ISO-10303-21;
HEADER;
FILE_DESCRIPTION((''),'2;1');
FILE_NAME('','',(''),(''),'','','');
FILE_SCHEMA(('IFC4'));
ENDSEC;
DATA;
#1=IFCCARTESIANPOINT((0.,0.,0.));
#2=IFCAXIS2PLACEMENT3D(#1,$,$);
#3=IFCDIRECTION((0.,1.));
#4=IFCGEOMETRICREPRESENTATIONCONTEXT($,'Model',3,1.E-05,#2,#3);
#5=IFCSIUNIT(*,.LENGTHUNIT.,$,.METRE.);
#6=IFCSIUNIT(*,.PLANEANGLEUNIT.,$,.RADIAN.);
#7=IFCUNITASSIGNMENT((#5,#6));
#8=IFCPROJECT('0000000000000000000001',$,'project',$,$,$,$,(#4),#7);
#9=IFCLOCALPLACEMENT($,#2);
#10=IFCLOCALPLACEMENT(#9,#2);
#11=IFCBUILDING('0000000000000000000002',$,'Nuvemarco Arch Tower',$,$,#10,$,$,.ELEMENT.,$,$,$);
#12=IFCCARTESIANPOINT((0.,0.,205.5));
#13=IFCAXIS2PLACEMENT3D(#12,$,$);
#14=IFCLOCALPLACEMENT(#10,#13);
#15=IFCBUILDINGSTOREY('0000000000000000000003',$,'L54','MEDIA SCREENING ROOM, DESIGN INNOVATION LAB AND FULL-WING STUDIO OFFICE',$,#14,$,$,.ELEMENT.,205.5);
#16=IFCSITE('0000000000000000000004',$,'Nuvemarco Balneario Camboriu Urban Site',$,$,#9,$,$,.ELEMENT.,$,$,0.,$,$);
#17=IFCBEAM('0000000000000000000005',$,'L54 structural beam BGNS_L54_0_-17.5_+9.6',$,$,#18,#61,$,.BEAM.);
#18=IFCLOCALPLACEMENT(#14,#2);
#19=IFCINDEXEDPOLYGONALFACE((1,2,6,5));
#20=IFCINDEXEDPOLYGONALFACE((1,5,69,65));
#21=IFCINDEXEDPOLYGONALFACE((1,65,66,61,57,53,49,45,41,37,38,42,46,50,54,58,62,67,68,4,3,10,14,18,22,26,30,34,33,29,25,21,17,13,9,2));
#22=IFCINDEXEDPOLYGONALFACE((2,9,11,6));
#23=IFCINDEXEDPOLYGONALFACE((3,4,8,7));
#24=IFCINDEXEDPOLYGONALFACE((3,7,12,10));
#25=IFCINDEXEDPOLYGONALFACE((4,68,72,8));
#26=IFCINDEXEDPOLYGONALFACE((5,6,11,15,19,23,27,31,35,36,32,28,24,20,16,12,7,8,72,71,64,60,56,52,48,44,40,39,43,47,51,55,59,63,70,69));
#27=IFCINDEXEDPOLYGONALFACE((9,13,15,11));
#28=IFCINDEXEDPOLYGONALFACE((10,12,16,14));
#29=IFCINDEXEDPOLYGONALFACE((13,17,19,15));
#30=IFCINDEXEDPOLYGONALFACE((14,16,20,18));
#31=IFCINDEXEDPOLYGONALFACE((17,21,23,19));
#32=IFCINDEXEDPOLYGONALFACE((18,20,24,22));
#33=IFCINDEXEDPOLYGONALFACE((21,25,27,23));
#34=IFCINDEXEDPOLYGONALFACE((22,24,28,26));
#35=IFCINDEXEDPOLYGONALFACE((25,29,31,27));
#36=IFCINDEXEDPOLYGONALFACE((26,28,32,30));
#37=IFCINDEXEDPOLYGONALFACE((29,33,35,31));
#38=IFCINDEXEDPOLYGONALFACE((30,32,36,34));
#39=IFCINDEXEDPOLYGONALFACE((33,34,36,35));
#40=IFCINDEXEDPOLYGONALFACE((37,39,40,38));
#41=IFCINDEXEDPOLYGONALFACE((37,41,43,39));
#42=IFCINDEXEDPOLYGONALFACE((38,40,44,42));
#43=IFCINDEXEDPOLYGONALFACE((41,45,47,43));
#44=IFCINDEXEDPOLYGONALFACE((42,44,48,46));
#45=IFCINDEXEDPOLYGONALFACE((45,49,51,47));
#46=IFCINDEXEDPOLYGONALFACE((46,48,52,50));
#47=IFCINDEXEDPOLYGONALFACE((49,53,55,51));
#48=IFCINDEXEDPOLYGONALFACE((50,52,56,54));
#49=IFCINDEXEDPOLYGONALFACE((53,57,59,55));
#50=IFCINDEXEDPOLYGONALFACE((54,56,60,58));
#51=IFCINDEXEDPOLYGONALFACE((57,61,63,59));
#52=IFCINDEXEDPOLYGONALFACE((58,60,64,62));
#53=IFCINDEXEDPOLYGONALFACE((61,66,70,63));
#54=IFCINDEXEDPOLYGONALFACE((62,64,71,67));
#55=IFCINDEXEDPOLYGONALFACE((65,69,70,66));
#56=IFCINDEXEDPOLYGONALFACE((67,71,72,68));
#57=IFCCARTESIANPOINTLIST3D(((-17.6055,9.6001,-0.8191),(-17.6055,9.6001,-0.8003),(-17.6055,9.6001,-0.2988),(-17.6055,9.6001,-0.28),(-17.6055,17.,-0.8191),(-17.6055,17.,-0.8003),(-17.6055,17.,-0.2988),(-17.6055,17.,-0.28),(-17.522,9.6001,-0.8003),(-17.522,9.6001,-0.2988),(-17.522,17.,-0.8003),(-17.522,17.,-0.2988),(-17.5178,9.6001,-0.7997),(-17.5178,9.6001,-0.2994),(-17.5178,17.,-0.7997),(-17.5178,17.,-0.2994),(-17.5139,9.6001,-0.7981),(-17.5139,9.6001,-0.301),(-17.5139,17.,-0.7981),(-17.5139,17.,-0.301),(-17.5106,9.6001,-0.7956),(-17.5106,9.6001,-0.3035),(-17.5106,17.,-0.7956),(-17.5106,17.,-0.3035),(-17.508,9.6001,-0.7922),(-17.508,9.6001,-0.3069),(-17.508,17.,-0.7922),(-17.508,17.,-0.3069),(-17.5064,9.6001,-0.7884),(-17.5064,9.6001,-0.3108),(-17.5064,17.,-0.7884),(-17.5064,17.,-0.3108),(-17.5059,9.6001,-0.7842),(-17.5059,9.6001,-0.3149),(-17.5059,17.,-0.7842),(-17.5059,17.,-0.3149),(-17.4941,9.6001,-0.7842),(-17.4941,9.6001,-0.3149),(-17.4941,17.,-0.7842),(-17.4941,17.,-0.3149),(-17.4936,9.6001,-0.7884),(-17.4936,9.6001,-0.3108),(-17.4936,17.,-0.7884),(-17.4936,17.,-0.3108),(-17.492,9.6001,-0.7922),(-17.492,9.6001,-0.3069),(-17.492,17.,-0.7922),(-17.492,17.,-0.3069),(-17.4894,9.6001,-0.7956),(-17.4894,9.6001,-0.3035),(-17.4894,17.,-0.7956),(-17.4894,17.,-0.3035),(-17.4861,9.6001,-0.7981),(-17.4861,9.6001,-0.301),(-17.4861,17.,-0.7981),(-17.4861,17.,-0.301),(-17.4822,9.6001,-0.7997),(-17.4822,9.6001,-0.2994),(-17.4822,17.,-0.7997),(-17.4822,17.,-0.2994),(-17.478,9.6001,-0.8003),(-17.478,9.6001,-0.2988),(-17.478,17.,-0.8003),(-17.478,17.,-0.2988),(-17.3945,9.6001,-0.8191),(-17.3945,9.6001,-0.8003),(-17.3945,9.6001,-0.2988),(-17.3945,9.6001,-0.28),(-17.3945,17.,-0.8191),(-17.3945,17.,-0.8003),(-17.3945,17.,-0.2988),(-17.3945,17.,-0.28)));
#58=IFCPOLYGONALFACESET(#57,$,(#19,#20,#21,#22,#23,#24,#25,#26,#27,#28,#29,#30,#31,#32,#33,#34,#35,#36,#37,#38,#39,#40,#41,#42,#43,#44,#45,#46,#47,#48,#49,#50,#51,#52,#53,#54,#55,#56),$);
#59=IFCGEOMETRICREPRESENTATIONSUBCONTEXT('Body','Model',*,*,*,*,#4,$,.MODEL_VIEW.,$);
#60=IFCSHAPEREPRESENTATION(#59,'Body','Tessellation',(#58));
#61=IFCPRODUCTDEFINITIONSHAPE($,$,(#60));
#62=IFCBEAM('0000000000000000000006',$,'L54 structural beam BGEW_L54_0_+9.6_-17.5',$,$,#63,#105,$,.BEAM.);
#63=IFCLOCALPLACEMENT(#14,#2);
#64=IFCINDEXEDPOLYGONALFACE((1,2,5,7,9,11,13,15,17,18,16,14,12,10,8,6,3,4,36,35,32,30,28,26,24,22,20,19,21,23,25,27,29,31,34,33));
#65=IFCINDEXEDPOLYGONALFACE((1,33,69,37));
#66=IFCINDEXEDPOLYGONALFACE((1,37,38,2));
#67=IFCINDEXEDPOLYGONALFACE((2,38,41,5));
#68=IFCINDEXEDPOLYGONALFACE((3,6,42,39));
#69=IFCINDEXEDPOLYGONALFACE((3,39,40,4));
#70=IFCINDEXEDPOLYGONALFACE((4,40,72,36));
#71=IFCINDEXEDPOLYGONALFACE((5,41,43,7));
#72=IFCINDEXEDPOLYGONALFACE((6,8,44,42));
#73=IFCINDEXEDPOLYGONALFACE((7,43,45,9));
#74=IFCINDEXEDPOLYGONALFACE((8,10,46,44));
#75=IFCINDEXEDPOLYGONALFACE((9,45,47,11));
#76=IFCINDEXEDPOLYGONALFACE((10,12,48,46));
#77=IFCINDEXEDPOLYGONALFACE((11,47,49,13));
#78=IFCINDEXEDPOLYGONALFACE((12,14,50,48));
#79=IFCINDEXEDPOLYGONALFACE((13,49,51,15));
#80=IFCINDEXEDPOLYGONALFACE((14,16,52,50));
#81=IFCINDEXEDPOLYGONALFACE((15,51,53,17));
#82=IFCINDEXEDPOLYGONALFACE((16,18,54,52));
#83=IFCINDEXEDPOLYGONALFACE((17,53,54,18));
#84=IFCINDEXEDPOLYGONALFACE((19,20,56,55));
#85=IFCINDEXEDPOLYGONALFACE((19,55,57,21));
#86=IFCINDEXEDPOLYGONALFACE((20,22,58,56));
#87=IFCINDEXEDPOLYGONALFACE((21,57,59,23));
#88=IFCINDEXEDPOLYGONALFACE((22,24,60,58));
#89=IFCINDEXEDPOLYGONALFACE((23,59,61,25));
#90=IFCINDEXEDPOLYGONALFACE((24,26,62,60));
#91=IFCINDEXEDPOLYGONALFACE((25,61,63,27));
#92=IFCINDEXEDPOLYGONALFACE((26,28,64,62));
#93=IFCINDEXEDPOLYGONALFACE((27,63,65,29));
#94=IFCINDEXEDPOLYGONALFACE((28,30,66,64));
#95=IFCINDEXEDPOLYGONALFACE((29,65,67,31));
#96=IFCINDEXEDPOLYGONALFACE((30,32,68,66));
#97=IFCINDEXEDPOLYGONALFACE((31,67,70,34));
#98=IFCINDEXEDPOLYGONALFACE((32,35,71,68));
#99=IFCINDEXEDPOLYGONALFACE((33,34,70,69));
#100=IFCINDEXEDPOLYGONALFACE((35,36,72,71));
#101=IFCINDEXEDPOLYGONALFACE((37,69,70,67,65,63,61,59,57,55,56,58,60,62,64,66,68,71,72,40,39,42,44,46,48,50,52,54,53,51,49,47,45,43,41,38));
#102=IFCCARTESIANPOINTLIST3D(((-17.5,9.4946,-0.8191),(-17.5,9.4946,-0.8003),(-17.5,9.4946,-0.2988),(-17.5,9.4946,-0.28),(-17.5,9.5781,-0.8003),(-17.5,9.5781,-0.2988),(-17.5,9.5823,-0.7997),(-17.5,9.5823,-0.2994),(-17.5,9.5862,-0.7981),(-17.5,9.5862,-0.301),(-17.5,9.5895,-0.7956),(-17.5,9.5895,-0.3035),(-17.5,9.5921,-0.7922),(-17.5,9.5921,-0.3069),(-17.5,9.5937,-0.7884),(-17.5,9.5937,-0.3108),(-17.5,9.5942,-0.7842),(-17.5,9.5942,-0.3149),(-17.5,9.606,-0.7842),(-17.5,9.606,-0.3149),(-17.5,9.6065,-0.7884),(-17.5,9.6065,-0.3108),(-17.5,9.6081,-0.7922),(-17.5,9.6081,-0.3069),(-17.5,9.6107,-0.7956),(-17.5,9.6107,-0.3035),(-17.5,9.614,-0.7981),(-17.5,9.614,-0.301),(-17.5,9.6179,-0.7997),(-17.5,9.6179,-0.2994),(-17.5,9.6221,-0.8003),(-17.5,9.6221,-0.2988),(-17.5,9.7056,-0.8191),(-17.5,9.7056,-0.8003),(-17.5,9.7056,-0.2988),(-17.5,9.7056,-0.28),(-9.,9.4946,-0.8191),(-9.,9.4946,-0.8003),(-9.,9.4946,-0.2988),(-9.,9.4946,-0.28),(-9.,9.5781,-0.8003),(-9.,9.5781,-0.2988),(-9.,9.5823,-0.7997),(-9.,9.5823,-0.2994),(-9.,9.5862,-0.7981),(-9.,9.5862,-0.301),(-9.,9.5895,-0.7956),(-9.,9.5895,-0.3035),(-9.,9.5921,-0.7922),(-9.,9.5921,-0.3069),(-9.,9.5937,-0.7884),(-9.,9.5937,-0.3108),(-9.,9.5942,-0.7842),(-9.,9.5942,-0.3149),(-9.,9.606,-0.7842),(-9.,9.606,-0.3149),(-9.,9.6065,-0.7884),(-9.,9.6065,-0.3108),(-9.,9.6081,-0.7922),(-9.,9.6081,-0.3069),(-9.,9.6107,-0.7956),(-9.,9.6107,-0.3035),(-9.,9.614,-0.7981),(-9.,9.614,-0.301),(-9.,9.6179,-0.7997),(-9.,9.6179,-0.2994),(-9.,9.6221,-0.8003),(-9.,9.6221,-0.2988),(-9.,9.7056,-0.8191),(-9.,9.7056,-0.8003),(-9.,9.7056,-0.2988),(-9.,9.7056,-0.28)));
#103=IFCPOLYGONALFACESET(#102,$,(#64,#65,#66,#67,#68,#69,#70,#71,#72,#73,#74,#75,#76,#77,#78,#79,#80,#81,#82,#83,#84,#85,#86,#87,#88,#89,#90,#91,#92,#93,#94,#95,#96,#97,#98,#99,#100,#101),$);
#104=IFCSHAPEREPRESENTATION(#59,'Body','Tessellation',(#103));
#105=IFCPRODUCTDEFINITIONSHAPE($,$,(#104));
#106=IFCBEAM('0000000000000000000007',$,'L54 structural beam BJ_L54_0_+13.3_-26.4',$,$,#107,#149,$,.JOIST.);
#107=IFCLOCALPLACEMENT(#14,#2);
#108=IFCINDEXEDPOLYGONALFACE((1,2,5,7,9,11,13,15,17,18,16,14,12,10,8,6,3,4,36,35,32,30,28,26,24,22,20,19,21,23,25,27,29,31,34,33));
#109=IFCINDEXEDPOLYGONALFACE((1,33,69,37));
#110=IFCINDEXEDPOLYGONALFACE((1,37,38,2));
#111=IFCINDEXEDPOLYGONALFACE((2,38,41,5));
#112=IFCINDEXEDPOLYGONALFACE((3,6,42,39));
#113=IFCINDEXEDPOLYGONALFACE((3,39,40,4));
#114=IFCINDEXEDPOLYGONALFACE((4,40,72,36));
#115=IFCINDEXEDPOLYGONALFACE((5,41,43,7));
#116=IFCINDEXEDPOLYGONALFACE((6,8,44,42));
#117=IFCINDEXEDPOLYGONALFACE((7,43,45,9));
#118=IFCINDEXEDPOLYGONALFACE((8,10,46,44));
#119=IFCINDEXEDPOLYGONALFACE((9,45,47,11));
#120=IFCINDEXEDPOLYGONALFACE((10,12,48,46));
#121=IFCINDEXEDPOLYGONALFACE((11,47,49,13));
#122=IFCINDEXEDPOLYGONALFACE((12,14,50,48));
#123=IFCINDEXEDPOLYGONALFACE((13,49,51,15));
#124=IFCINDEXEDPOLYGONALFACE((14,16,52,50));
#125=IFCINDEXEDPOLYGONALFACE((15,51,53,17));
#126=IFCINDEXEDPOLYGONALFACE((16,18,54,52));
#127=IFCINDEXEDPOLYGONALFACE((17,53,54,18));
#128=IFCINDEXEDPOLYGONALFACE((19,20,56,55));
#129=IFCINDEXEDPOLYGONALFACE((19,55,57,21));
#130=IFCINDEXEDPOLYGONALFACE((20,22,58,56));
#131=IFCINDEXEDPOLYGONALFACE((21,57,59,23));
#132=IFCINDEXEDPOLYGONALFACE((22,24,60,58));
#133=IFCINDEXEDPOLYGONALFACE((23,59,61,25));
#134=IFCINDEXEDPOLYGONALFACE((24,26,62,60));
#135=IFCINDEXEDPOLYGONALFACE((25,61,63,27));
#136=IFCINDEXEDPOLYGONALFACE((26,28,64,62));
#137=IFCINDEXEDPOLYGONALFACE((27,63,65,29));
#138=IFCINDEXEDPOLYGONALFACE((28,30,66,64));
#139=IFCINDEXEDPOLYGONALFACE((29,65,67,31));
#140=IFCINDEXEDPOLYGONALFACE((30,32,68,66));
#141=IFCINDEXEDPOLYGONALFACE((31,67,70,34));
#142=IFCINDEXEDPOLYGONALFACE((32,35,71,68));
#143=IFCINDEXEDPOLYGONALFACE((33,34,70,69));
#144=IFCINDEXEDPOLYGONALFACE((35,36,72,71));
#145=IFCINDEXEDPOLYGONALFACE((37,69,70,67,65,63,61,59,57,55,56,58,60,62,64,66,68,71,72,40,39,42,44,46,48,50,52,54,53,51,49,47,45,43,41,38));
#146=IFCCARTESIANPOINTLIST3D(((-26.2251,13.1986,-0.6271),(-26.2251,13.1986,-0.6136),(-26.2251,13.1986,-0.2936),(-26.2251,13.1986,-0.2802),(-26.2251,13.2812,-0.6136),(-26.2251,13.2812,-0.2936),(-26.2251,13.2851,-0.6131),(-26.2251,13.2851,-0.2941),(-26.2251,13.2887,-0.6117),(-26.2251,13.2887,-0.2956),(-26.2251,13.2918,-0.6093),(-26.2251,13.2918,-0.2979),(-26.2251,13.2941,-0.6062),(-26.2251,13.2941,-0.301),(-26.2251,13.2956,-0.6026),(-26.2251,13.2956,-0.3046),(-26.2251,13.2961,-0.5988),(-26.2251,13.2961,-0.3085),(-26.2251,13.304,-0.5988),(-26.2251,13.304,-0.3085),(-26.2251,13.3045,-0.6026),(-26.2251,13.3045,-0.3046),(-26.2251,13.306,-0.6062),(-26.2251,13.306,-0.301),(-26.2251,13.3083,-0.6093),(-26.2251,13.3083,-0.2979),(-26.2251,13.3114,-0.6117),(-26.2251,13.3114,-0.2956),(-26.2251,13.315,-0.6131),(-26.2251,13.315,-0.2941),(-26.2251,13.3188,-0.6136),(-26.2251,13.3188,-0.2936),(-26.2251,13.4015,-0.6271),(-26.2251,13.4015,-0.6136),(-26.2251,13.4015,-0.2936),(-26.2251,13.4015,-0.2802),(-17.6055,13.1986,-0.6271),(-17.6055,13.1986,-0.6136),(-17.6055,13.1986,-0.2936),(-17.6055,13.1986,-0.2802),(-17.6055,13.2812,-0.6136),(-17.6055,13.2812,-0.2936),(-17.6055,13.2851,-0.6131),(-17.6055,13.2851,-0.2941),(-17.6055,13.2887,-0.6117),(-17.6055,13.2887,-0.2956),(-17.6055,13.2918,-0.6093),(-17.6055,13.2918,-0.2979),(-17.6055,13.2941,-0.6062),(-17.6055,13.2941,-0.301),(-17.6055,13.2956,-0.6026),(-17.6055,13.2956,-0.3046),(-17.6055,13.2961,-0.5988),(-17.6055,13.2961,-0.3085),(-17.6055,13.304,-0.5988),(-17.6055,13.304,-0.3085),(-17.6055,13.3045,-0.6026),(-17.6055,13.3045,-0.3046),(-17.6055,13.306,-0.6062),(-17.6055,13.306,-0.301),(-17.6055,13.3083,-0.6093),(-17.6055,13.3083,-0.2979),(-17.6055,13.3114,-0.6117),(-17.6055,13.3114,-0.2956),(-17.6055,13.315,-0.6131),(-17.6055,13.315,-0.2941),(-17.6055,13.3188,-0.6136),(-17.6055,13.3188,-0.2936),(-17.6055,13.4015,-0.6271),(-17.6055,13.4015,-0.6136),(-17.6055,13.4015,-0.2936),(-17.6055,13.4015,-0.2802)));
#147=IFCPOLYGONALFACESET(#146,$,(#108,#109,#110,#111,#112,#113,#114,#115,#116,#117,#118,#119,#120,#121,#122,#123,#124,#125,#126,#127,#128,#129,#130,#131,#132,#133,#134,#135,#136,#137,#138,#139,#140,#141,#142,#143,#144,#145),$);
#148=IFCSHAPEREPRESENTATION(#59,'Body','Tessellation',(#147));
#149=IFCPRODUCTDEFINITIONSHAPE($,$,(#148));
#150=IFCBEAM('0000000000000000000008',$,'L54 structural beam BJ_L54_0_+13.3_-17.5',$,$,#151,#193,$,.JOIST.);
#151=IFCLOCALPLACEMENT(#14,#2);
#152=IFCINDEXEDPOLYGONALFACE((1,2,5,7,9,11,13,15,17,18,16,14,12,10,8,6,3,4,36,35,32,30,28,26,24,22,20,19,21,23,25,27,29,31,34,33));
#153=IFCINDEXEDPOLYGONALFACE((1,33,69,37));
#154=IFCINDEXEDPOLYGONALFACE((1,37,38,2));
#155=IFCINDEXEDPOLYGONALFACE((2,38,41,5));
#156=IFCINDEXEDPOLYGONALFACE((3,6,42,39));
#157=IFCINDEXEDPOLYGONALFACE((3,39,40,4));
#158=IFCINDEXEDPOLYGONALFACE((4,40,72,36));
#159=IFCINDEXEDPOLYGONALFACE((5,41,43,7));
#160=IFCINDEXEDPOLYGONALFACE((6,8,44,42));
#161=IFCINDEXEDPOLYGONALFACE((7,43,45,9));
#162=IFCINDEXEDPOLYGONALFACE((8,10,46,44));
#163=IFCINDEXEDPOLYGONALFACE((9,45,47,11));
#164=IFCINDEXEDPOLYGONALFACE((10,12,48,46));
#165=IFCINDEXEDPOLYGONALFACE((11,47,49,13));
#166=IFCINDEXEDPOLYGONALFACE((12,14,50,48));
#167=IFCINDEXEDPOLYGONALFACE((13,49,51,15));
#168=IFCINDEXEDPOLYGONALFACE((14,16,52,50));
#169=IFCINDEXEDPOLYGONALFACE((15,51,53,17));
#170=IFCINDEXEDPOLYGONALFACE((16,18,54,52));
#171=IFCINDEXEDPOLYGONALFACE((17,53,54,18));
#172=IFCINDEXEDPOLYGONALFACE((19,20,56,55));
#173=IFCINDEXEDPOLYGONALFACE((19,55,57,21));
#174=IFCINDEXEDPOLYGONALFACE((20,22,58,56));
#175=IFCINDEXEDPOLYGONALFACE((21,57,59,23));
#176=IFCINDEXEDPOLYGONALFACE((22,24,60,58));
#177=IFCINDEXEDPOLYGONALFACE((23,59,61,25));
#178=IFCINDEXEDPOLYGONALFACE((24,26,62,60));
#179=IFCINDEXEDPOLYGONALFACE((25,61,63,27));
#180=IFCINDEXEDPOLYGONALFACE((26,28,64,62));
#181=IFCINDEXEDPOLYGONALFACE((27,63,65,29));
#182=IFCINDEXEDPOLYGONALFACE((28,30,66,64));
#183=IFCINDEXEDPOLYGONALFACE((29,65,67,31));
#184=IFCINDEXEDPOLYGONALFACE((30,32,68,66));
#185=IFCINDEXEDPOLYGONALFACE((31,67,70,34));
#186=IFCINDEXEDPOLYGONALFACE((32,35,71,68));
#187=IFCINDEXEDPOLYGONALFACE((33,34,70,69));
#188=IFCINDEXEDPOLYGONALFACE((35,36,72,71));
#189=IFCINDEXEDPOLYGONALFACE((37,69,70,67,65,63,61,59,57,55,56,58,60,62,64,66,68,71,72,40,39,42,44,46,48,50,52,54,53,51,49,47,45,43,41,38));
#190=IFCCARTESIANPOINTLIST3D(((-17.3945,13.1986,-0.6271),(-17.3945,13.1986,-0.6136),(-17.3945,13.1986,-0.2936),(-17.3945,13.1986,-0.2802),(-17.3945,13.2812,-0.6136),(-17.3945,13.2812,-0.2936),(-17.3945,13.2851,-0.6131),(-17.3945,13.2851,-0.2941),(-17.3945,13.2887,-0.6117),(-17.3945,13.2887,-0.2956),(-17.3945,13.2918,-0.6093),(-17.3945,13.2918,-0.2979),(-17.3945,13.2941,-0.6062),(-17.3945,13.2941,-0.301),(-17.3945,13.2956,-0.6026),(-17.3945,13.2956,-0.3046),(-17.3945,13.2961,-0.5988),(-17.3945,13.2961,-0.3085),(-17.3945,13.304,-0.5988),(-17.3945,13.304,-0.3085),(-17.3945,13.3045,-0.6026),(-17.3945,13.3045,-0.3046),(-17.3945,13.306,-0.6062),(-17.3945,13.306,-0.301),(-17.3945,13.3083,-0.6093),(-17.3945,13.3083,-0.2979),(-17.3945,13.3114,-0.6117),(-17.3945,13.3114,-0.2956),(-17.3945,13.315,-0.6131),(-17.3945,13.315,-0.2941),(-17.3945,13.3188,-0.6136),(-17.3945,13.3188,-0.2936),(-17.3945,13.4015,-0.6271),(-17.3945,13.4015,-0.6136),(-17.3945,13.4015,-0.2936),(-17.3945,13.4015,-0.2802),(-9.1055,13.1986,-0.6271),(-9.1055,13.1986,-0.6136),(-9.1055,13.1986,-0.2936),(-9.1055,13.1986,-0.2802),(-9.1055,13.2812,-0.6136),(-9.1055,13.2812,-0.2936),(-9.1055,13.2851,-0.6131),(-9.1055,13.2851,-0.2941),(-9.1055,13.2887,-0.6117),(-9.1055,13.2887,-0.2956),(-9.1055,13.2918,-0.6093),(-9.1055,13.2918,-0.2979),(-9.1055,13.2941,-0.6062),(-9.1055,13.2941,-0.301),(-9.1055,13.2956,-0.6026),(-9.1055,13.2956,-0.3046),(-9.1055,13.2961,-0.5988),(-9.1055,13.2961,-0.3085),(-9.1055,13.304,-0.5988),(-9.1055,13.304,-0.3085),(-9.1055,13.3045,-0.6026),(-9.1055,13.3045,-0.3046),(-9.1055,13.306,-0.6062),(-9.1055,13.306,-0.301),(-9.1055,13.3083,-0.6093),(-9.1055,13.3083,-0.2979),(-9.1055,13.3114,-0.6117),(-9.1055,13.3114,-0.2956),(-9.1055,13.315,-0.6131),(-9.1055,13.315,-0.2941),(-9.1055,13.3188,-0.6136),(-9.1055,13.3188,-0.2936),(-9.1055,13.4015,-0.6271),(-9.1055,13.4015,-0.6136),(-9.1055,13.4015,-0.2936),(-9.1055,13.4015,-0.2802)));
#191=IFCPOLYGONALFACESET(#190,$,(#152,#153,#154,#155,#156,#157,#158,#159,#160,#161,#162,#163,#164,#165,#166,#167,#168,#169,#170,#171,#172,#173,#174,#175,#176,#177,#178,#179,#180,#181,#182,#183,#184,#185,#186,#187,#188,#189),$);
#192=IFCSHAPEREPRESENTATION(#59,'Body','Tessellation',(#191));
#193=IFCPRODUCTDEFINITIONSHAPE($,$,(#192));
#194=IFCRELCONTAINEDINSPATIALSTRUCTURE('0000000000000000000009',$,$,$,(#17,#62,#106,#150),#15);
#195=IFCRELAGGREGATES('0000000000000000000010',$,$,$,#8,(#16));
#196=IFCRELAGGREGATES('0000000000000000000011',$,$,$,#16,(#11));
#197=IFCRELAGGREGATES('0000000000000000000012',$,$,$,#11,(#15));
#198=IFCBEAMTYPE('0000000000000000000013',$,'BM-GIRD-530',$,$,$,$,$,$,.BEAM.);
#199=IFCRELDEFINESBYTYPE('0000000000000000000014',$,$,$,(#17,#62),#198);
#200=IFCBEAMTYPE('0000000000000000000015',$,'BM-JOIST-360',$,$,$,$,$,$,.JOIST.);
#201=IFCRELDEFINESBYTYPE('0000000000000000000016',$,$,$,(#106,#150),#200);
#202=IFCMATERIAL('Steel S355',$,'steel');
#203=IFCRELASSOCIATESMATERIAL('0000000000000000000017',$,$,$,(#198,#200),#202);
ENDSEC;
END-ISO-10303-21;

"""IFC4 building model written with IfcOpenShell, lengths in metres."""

from ifc_helpers import new_model, si_unit, direction, frame, origin, origin_2d, place, context, subcontext, project, spatial, i_section, extrude, material, material_profile, profile_set, type_object, element, save


model = new_model("IFC4")

# Units and contexts
model_context = context("Model", 3, precision=1e-05, world=origin(), true_north=direction((0.0, 1.0)))
body_context = subcontext(model_context, "Body", "Model", "MODEL_VIEW")
ifc_project = project(units=[si_unit("LENGTHUNIT", "METRE"), si_unit("PLANEANGLEUNIT", "RADIAN")], contexts=[model_context])

# Site, building, storey
site_placement = place(None, origin())
site = spatial("IfcSite", under=ifc_project, at=site_placement, Name="Nuvemarco Balneario Camboriu Urban Site", CompositionType="ELEMENT", RefElevation=0.0)
building_placement = place(site_placement, origin())
building = spatial("IfcBuilding", under=site, at=building_placement, Name="Nuvemarco Arch Tower", CompositionType="ELEMENT")
storey_placement = place(building_placement, frame((0.0, 0.0, 205.5)))
storey = spatial("IfcBuildingStorey", under=building, at=storey_placement, Name="L54", Description="MEDIA SCREENING ROOM, DESIGN INNOVATION LAB AND FULL-WING STUDIO OFFICE", CompositionType="ELEMENT", Elevation=205.5)

# Beams
ifc_material_1 = material(Name="Steel S355", Category="steel")
ifc_material_profile_1 = material_profile(ifc_material_1, i_section(OverallWidth=0.2109, OverallDepth=0.5391, WebThickness=0.0117, FlangeThickness=0.0188, FilletRadius=0.0161, at=origin_2d()), Name="W530x109")
ifc_profile_set_1 = profile_set([ifc_material_profile_1], Name="Steel S355")
beam_type_1 = type_object("IfcBeamType", Name="BM-GIRD-530", PredefinedType="BEAM", material=ifc_profile_set_1)
beam_1_placement = place(storey_placement, frame((-17.5, 9.6001, -0.5496), z_axis=(0.0, 1.0, 0.0), x_axis=(-1.0, 0.0, 0.0)))
element("IfcBeam", 1, at=beam_1_placement, inside=storey, type_object=beam_type_1, Name="L54 structural beam BGNS_L54_0_-17.5_+9.6", PredefinedType="BEAM", context=body_context, shape_type="SweptSolid", body=[
    extrude(i_section(OverallWidth=0.2109, OverallDepth=0.5391, WebThickness=0.0117, FlangeThickness=0.0188, FilletRadius=0.0161, at=origin_2d()), origin(), (0.0, 0.0, 1.0), 7.3999),
])
beam_2_placement = place(storey_placement, frame((-17.5, 9.6001, -0.5496), z_axis=(1.0, 0.0, 0.0), x_axis=(0.0, 1.0, 0.0)))
element("IfcBeam", 2, at=beam_2_placement, inside=storey, type_object=beam_type_1, Name="L54 structural beam BGEW_L54_0_+9.6_-17.5", PredefinedType="BEAM", context=body_context, shape_type="SweptSolid", body=[
    extrude(i_section(OverallWidth=0.2109, OverallDepth=0.5391, WebThickness=0.0117, FlangeThickness=0.0188, FilletRadius=0.0161, at=origin_2d()), origin(), (0.0, 0.0, 1.0), 8.5),
])
ifc_material_profile_2 = material_profile(ifc_material_1, i_section(OverallWidth=0.2029, OverallDepth=0.3469, WebThickness=0.0078, FlangeThickness=0.0134, FilletRadius=0.0149, at=origin_2d()), Name="W360x64")
ifc_profile_set_2 = profile_set([ifc_material_profile_2], Name="Steel S355")
beam_type_2 = type_object("IfcBeamType", Name="BM-JOIST-360", PredefinedType="JOIST", material=ifc_profile_set_2)
beam_3_placement = place(storey_placement, frame((-26.2251, 13.3, -0.4536), z_axis=(1.0, 0.0, 0.0), x_axis=(0.0, 1.0, 0.0)))
element("IfcBeam", 3, at=beam_3_placement, inside=storey, type_object=beam_type_2, Name="L54 structural beam BJ_L54_0_+13.3_-26.4", PredefinedType="JOIST", context=body_context, shape_type="SweptSolid", body=[
    extrude(i_section(OverallWidth=0.2029, OverallDepth=0.3469, WebThickness=0.0078, FlangeThickness=0.0134, FilletRadius=0.0149, at=origin_2d()), origin(), (0.0, 0.0, 1.0), 8.6196),
])
beam_4_placement = place(storey_placement, frame((-17.3945, 13.3, -0.4536), z_axis=(1.0, 0.0, 0.0), x_axis=(0.0, 1.0, 0.0)))
element("IfcBeam", 4, at=beam_4_placement, inside=storey, type_object=beam_type_2, Name="L54 structural beam BJ_L54_0_+13.3_-17.5", PredefinedType="JOIST", context=body_context, shape_type="SweptSolid", body=[
    extrude(i_section(OverallWidth=0.2029, OverallDepth=0.3469, WebThickness=0.0078, FlangeThickness=0.0134, FilletRadius=0.0149, at=origin_2d()), origin(), (0.0, 0.0, 1.0), 8.2891),
])

save(model, "model.ifc")
